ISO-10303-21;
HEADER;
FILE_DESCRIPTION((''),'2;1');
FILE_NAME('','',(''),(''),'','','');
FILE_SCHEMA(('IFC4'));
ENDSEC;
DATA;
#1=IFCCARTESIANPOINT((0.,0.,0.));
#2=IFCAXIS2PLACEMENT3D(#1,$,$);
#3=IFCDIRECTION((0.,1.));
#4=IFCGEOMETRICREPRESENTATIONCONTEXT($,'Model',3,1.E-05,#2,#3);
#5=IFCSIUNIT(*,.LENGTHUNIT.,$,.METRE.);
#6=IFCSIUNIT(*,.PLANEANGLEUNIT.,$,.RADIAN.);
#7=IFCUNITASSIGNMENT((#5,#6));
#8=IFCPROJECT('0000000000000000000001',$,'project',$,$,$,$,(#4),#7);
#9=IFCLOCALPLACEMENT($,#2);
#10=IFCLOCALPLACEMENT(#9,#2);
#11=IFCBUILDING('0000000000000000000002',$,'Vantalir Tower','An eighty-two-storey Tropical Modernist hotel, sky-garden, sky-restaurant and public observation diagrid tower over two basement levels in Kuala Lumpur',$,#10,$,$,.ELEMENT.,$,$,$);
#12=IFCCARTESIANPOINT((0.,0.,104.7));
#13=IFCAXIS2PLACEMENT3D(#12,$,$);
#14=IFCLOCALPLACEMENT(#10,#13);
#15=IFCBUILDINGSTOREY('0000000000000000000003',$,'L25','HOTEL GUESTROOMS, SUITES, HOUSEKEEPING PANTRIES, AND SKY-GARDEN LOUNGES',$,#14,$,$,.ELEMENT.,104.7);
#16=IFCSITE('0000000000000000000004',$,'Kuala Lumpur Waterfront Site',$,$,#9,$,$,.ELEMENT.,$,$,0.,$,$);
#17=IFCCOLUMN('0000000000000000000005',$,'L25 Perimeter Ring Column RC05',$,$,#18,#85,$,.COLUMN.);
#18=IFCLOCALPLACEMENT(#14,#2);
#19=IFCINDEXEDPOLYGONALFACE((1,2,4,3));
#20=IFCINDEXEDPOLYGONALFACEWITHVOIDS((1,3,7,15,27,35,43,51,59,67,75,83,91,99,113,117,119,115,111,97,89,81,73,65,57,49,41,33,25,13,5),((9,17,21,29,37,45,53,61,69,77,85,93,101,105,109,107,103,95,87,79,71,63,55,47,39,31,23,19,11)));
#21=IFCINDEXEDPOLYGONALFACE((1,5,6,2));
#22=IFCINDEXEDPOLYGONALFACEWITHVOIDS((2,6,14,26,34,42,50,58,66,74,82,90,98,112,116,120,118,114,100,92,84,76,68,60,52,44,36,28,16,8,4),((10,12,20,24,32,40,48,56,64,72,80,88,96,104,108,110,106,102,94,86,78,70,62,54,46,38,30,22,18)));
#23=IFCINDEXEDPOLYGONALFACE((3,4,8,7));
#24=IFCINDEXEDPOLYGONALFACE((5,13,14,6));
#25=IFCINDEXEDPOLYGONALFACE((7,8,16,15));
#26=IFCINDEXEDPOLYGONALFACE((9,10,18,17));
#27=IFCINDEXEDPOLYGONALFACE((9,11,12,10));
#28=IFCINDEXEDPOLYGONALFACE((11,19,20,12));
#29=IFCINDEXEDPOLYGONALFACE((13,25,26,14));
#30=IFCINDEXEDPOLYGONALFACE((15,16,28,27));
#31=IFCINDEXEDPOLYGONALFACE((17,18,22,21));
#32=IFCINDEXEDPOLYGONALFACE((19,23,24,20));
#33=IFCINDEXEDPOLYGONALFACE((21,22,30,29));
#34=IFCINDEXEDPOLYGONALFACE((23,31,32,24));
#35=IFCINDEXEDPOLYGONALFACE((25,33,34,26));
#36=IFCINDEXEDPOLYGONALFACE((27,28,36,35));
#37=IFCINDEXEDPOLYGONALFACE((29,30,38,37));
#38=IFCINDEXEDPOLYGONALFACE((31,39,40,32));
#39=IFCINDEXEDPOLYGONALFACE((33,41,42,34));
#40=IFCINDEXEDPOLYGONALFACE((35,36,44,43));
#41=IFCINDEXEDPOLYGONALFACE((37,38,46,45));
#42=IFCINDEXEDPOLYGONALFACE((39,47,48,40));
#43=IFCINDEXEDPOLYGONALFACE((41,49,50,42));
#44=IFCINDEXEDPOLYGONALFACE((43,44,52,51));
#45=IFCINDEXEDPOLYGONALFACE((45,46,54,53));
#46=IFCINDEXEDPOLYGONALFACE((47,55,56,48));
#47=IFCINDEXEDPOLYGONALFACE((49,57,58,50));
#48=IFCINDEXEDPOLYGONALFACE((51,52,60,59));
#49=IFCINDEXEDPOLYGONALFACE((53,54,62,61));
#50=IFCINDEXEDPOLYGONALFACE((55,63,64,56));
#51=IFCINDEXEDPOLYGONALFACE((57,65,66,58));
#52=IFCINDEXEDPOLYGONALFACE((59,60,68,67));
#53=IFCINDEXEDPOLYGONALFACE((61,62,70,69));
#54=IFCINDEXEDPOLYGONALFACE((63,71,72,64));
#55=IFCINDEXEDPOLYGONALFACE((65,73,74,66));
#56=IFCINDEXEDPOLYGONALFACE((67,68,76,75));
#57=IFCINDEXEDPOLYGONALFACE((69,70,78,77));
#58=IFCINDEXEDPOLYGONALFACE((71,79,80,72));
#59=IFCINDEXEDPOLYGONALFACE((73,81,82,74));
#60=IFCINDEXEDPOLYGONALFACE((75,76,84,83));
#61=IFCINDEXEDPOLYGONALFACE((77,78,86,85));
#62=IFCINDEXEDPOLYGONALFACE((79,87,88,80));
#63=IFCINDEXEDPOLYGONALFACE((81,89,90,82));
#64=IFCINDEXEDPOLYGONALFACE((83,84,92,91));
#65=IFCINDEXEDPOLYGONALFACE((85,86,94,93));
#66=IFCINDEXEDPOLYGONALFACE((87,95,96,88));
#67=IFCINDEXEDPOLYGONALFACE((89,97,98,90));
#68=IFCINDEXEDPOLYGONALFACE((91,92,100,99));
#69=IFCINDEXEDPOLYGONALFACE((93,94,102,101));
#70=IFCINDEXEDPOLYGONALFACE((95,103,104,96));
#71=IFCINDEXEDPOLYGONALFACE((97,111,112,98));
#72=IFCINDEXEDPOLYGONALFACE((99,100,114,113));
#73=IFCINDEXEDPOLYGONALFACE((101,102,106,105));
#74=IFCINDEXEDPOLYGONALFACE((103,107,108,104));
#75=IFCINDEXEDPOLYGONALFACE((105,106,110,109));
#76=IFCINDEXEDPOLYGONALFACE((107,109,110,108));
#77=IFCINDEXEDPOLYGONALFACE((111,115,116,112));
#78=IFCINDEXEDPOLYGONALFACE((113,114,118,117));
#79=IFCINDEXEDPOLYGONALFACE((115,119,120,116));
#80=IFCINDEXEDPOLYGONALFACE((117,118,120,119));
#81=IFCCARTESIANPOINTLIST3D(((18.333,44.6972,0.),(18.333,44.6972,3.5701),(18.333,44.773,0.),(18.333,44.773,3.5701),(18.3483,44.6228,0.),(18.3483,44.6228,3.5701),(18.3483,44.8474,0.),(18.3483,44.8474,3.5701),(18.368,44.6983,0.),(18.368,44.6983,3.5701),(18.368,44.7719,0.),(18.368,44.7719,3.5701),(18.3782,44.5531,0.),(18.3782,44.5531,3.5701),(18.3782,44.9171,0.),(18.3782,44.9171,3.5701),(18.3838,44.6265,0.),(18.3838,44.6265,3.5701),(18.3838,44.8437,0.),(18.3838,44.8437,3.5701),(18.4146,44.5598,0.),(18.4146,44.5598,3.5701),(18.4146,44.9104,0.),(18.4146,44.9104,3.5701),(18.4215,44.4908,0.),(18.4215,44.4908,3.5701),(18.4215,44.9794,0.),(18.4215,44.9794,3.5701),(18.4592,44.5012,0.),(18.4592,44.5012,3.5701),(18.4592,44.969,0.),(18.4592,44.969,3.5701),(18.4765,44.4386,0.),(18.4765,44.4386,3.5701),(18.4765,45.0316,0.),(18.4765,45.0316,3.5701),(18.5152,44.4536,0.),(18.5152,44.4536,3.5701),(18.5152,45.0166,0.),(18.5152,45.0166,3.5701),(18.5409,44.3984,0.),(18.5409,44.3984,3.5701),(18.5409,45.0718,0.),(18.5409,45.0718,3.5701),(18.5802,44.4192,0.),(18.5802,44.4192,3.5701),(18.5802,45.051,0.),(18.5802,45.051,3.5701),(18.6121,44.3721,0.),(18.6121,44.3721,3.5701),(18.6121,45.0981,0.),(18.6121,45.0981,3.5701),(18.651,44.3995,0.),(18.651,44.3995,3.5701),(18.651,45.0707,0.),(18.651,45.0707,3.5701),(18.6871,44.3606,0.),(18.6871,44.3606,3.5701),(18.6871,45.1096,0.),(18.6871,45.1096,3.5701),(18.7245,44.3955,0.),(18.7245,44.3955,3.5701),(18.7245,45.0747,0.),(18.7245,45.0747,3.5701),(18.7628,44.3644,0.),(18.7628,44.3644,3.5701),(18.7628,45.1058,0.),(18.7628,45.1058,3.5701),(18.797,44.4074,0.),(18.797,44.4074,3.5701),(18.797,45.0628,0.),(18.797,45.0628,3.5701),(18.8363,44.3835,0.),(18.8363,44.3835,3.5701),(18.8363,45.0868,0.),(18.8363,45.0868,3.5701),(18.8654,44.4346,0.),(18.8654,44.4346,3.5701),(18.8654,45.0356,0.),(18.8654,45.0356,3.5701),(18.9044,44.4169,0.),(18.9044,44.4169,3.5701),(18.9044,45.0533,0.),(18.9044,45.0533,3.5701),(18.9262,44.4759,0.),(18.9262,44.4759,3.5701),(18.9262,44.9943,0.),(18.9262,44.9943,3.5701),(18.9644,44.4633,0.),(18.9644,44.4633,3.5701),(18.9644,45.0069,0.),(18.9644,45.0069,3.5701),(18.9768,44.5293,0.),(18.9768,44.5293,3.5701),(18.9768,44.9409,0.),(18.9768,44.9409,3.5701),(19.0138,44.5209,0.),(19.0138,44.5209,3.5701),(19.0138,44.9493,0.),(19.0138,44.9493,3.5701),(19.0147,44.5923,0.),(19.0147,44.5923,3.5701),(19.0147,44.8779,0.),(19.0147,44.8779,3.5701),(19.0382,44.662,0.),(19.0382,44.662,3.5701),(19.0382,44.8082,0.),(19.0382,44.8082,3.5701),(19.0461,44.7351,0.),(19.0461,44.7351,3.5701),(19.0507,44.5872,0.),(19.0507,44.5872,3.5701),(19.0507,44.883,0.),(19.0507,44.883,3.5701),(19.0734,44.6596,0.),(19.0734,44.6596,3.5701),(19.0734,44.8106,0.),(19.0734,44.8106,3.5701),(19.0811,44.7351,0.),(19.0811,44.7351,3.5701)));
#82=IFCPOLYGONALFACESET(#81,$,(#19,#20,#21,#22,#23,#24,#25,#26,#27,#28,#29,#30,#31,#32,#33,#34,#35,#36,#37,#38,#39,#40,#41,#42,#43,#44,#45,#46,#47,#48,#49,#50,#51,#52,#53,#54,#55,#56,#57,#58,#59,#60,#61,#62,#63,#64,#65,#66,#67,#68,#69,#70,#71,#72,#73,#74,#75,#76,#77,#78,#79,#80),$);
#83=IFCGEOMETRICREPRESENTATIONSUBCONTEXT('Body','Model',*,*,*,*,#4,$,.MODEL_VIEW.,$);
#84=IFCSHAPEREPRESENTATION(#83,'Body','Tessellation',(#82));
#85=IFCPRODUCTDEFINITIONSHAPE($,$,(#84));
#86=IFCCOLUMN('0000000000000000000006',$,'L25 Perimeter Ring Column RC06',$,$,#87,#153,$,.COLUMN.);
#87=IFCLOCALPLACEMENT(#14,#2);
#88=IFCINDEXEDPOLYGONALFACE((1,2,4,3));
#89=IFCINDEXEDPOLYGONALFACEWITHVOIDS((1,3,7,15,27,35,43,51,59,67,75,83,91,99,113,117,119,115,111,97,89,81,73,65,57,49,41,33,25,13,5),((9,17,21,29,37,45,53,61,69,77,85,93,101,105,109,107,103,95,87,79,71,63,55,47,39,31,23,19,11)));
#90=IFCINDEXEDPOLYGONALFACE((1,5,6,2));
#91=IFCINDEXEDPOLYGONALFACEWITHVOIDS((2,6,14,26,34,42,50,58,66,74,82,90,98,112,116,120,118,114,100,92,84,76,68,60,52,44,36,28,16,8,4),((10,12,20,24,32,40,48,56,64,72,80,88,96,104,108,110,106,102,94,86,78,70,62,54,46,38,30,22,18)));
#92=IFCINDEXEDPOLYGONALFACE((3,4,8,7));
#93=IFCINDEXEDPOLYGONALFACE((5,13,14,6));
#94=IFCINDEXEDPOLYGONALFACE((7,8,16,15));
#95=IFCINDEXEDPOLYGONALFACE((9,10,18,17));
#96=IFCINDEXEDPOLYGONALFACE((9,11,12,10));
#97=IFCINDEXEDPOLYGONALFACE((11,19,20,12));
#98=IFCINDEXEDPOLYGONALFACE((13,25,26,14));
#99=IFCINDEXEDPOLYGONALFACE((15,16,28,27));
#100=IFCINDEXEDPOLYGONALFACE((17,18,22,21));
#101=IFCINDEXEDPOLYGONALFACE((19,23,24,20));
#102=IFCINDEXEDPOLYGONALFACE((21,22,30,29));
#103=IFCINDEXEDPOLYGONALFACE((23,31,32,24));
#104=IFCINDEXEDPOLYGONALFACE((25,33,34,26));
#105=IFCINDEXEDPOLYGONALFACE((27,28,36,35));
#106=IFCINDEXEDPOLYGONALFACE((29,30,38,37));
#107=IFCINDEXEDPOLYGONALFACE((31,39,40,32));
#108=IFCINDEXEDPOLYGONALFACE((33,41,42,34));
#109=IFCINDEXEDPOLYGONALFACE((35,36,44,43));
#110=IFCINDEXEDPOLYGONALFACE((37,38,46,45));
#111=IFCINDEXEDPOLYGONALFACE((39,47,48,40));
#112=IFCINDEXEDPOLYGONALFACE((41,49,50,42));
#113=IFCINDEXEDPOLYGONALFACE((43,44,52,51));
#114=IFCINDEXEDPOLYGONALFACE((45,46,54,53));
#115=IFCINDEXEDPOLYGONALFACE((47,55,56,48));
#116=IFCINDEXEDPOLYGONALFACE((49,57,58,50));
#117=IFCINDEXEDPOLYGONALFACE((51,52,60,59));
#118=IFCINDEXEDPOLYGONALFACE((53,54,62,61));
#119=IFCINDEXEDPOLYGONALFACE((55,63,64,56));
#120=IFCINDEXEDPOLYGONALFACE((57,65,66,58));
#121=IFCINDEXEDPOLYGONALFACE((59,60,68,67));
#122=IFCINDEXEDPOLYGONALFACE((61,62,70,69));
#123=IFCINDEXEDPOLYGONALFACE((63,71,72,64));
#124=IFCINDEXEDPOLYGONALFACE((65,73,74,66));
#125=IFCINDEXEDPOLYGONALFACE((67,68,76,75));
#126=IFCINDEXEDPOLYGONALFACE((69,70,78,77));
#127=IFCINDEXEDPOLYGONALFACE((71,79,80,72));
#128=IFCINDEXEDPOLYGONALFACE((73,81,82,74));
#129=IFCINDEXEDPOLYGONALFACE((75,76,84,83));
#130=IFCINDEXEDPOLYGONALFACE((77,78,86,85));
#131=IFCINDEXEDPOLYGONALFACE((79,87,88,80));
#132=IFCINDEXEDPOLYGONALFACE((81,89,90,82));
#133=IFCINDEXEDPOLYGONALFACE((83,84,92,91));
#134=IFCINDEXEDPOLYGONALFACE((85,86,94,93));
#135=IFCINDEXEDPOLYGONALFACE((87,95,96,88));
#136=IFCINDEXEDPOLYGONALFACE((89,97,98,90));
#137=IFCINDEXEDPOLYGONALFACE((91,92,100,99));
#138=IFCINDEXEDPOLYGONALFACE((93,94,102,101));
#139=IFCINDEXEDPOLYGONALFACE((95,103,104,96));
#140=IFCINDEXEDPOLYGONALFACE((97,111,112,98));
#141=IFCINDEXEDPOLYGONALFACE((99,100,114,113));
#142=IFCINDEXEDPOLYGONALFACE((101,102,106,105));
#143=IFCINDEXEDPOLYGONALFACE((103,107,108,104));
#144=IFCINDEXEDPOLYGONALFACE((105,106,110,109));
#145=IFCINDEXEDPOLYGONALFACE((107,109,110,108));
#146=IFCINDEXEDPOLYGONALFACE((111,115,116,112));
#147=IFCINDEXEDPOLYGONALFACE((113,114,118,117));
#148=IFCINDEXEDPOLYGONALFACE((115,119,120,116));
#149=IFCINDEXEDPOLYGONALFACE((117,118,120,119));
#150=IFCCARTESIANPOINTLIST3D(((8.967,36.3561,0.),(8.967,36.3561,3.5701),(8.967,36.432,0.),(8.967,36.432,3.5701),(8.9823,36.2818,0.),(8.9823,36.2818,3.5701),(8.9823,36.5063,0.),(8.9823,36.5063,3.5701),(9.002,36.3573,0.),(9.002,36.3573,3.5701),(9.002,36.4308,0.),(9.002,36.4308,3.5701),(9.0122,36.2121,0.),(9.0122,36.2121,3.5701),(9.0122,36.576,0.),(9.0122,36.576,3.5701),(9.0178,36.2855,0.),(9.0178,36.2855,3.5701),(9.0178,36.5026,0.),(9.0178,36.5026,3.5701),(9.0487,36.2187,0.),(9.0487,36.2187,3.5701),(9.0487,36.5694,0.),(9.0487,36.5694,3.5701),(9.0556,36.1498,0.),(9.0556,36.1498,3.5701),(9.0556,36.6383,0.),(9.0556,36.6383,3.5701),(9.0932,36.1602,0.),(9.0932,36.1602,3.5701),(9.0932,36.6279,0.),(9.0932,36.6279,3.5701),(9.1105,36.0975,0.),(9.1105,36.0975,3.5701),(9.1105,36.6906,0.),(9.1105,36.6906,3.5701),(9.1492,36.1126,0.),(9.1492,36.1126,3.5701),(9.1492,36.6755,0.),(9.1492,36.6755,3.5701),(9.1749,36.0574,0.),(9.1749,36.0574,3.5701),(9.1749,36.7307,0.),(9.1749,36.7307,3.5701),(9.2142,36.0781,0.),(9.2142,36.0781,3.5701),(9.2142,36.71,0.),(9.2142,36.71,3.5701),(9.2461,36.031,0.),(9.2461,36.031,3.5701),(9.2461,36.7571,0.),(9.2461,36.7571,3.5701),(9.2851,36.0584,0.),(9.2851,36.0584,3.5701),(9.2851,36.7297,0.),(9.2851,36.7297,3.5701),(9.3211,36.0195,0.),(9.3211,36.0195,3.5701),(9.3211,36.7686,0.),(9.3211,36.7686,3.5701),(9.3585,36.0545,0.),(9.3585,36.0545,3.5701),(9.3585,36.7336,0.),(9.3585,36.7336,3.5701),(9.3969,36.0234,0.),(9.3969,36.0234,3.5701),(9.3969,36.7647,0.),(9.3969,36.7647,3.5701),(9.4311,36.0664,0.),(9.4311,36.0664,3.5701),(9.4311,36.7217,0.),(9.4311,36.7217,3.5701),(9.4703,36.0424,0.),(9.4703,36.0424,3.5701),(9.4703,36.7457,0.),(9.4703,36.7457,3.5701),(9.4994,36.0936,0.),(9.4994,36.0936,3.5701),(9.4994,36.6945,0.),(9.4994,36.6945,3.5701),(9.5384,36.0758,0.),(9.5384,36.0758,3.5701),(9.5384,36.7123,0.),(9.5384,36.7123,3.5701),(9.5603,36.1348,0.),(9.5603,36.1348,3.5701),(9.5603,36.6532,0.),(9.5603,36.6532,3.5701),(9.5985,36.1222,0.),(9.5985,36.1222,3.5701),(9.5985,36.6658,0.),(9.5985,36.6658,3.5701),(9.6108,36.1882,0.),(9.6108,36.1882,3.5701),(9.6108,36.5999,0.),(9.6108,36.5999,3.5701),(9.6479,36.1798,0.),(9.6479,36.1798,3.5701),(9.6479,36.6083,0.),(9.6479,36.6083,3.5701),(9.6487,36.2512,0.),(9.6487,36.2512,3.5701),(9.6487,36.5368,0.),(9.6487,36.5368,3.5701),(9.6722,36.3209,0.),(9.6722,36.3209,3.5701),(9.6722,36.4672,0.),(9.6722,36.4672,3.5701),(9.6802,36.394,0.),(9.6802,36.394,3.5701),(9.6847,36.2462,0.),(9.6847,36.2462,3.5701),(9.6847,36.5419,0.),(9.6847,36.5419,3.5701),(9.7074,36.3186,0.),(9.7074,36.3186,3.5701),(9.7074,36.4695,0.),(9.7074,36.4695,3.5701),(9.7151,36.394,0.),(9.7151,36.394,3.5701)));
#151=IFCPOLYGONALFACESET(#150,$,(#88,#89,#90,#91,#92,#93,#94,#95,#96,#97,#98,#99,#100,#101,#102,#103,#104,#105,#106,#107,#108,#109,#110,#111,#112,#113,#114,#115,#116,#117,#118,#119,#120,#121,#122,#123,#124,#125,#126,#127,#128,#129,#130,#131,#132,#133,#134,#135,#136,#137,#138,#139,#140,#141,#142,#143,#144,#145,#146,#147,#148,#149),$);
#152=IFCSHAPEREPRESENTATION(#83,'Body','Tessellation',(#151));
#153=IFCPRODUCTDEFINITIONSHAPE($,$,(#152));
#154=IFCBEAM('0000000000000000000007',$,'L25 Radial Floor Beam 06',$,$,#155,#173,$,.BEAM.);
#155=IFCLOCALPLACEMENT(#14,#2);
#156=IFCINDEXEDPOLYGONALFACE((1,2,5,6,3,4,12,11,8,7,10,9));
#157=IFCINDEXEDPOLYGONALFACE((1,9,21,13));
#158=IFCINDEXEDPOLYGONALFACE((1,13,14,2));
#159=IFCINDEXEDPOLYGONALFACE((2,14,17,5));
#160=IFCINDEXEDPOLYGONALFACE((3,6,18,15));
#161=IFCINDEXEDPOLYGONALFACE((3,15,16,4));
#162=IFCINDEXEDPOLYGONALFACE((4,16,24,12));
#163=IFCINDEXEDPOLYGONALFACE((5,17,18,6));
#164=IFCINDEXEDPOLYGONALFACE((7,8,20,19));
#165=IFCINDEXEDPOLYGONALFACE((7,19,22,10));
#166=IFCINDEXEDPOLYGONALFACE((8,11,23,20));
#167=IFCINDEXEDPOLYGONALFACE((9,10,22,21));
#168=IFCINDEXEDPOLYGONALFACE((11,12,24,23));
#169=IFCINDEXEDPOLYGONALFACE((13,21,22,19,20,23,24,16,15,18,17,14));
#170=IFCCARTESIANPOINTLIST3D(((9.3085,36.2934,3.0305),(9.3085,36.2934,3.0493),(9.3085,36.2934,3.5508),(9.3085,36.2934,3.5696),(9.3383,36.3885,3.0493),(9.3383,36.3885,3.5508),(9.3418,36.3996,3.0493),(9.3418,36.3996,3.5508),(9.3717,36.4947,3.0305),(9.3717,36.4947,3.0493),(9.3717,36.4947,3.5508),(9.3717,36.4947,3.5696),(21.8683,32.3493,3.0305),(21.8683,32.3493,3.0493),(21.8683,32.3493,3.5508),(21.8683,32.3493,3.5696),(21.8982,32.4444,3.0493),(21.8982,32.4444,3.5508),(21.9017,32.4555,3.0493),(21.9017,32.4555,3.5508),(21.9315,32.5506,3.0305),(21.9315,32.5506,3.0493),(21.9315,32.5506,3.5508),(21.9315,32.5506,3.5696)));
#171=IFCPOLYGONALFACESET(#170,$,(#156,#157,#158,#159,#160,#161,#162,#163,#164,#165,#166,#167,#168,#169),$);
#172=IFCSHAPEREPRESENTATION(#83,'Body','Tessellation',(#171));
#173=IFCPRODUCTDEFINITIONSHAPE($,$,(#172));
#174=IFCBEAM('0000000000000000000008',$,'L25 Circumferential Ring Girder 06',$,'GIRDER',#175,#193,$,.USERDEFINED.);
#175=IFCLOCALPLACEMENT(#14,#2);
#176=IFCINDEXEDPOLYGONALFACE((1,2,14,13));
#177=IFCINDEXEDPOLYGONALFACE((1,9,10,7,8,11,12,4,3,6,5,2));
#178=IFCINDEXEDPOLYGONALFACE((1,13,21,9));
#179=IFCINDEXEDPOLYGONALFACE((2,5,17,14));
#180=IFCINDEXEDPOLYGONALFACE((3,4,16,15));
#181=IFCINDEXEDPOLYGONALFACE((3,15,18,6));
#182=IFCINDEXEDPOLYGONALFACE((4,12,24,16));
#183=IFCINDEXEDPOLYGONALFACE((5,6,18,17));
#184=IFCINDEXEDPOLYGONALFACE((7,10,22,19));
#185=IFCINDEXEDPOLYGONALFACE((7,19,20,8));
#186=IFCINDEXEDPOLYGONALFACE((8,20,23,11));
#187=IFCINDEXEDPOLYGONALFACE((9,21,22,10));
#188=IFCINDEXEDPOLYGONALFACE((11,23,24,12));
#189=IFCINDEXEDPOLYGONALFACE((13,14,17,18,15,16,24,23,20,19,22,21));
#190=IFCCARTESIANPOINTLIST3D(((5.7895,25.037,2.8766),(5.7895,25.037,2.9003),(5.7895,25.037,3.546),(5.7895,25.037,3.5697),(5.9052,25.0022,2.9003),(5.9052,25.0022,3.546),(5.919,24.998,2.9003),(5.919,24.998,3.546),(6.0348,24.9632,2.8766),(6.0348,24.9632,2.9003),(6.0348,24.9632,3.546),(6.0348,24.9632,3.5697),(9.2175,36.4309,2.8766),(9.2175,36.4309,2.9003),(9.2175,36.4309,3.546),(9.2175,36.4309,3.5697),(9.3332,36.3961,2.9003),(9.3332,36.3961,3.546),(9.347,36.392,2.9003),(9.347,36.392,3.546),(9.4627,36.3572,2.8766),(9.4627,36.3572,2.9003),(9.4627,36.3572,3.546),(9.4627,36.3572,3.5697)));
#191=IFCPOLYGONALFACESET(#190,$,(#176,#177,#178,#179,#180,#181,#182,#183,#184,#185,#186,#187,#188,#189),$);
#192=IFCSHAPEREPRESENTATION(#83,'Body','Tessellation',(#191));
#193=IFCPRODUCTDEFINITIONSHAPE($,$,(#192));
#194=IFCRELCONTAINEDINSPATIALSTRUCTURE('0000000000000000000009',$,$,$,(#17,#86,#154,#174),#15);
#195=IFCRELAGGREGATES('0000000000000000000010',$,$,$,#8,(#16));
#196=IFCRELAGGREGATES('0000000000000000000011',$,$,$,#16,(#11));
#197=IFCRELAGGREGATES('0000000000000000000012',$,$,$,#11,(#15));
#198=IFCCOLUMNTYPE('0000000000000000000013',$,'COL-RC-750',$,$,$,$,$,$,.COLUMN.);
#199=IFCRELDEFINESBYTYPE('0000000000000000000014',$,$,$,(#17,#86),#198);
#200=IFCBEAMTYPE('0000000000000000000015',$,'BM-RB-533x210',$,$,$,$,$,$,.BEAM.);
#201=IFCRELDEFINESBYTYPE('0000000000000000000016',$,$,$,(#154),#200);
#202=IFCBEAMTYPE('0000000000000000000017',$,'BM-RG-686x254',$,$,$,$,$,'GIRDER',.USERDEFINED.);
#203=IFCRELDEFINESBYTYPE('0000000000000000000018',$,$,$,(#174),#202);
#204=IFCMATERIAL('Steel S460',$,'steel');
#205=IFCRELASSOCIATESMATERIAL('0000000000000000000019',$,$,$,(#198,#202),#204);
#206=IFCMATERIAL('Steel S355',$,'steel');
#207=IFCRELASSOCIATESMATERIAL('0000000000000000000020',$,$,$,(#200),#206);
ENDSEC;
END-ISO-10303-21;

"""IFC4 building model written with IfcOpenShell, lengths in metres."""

from ifc_helpers import new_model, si_unit, direction, frame, origin, origin_2d, place, context, subcontext, project, spatial, hollow_circle, i_section, extrude, material, material_profile, profile_set, type_object, element, save


model = new_model("IFC4")

# Units and contexts
model_context = context("Model", 3, precision=1e-05, world=origin(), true_north=direction((0.0, 1.0)))
body_context = subcontext(model_context, "Body", "Model", "MODEL_VIEW")
ifc_project = project(units=[si_unit("LENGTHUNIT", "METRE"), si_unit("PLANEANGLEUNIT", "RADIAN")], contexts=[model_context])

# Site, building, storey
site_placement = place(None, origin())
site = spatial("IfcSite", under=ifc_project, at=site_placement, Name="Kuala Lumpur Waterfront Site", CompositionType="ELEMENT", RefElevation=0.0)
building_placement = place(site_placement, origin())
building = spatial("IfcBuilding", under=site, at=building_placement, Name="Vantalir Tower", Description="An eighty-two-storey Tropical Modernist hotel, sky-garden, sky-restaurant and public observation diagrid tower over two basement levels in Kuala Lumpur", CompositionType="ELEMENT")
storey_placement = place(building_placement, frame((0.0, 0.0, 104.7)))
storey = spatial("IfcBuildingStorey", under=building, at=storey_placement, Name="L25", Description="HOTEL GUESTROOMS, SUITES, HOUSEKEEPING PANTRIES, AND SKY-GARDEN LOUNGES", CompositionType="ELEMENT", Elevation=104.7)

# Columns
ifc_material_1 = material(Name="Steel S460", Category="steel")
ifc_material_profile_1 = material_profile(ifc_material_1, hollow_circle(Radius=0.375, WallThickness=0.0349, at=origin_2d()), Name="Steel S460")
ifc_profile_set_1 = profile_set([ifc_material_profile_1], Name="Steel S460")
column_type = type_object("IfcColumnType", Name="COL-RC-750", PredefinedType="COLUMN", material=ifc_profile_set_1)
for number, where, z_axis, x_axis, name in (
    (1, (18.7061, 44.7351, 0.0), (0.0, 0.0, 1.0), (1.0, 0.0, 0.0), "L25 Perimeter Ring Column RC05"),
    (2, (9.3401, 36.394, 0.0), (0.0, 0.0, 1.0), (1.0, 0.0, 0.0), "L25 Perimeter Ring Column RC06"),
):
    element("IfcColumn", number, at=place(storey_placement, frame(where, z_axis=z_axis, x_axis=x_axis)), inside=storey, type_object=column_type, Name=name, PredefinedType="COLUMN", context=body_context, shape_type="SweptSolid", body=[
        extrude(hollow_circle(Radius=0.375, WallThickness=0.0349, at=origin_2d()), origin(), (0.0, 0.0, 1.0), 3.5701),
    ])

# Beams
ifc_material_2 = material(Name="Steel S355", Category="steel")
ifc_material_profile_2 = material_profile(ifc_material_2, i_section(OverallWidth=0.2109, OverallDepth=0.5391, WebThickness=0.0117, FlangeThickness=0.0188, at=origin_2d()), Name="Steel S355")
ifc_profile_set_2 = profile_set([ifc_material_profile_2], Name="Steel S355")
beam_type_1 = type_object("IfcBeamType", Name="BM-RB-533x210", PredefinedType="BEAM", material=ifc_profile_set_2)
beam_1_placement = place(storey_placement, frame((9.3401, 36.394, 3.3), z_axis=(0.954065, -0.2996, 0.0), x_axis=(0.2996, 0.954065, 0.0)))
element("IfcBeam", 3, at=beam_1_placement, inside=storey, type_object=beam_type_1, Name="L25 Radial Floor Beam 06", PredefinedType="BEAM", context=body_context, shape_type="SweptSolid", body=[
    extrude(i_section(OverallWidth=0.2109, OverallDepth=0.5391, WebThickness=0.0117, FlangeThickness=0.0188, at=origin_2d()), origin(), (0.0, 0.0, 1.0), 13.1646),
])
ifc_material_profile_3 = material_profile(ifc_material_1, i_section(OverallWidth=0.2561, OverallDepth=0.6931, WebThickness=0.0144, FlangeThickness=0.0237, at=origin_2d()), Name="Steel S460")
ifc_profile_set_3 = profile_set([ifc_material_profile_3], Name="Steel S460")
beam_type_2 = type_object("IfcBeamType", Name="BM-RG-686x254", ElementType="GIRDER", PredefinedType="USERDEFINED", material=ifc_profile_set_3)
beam_2_placement = place(storey_placement, frame((9.3401, 36.394, 3.2231), z_axis=(-0.288101, -0.9576, 0.0), x_axis=(0.9576, -0.288101, 0.0)))
element("IfcBeam", 4, at=beam_2_placement, inside=storey, type_object=beam_type_2, Name="L25 Circumferential Ring Girder 06", ObjectType="GIRDER", PredefinedType="USERDEFINED", context=body_context, shape_type="SweptSolid", body=[
    extrude(i_section(OverallWidth=0.2561, OverallDepth=0.6931, WebThickness=0.0144, FlangeThickness=0.0237, at=origin_2d()), origin(), (0.0, 0.0, 1.0), 11.8984),
])

save(model, "model.ifc")
